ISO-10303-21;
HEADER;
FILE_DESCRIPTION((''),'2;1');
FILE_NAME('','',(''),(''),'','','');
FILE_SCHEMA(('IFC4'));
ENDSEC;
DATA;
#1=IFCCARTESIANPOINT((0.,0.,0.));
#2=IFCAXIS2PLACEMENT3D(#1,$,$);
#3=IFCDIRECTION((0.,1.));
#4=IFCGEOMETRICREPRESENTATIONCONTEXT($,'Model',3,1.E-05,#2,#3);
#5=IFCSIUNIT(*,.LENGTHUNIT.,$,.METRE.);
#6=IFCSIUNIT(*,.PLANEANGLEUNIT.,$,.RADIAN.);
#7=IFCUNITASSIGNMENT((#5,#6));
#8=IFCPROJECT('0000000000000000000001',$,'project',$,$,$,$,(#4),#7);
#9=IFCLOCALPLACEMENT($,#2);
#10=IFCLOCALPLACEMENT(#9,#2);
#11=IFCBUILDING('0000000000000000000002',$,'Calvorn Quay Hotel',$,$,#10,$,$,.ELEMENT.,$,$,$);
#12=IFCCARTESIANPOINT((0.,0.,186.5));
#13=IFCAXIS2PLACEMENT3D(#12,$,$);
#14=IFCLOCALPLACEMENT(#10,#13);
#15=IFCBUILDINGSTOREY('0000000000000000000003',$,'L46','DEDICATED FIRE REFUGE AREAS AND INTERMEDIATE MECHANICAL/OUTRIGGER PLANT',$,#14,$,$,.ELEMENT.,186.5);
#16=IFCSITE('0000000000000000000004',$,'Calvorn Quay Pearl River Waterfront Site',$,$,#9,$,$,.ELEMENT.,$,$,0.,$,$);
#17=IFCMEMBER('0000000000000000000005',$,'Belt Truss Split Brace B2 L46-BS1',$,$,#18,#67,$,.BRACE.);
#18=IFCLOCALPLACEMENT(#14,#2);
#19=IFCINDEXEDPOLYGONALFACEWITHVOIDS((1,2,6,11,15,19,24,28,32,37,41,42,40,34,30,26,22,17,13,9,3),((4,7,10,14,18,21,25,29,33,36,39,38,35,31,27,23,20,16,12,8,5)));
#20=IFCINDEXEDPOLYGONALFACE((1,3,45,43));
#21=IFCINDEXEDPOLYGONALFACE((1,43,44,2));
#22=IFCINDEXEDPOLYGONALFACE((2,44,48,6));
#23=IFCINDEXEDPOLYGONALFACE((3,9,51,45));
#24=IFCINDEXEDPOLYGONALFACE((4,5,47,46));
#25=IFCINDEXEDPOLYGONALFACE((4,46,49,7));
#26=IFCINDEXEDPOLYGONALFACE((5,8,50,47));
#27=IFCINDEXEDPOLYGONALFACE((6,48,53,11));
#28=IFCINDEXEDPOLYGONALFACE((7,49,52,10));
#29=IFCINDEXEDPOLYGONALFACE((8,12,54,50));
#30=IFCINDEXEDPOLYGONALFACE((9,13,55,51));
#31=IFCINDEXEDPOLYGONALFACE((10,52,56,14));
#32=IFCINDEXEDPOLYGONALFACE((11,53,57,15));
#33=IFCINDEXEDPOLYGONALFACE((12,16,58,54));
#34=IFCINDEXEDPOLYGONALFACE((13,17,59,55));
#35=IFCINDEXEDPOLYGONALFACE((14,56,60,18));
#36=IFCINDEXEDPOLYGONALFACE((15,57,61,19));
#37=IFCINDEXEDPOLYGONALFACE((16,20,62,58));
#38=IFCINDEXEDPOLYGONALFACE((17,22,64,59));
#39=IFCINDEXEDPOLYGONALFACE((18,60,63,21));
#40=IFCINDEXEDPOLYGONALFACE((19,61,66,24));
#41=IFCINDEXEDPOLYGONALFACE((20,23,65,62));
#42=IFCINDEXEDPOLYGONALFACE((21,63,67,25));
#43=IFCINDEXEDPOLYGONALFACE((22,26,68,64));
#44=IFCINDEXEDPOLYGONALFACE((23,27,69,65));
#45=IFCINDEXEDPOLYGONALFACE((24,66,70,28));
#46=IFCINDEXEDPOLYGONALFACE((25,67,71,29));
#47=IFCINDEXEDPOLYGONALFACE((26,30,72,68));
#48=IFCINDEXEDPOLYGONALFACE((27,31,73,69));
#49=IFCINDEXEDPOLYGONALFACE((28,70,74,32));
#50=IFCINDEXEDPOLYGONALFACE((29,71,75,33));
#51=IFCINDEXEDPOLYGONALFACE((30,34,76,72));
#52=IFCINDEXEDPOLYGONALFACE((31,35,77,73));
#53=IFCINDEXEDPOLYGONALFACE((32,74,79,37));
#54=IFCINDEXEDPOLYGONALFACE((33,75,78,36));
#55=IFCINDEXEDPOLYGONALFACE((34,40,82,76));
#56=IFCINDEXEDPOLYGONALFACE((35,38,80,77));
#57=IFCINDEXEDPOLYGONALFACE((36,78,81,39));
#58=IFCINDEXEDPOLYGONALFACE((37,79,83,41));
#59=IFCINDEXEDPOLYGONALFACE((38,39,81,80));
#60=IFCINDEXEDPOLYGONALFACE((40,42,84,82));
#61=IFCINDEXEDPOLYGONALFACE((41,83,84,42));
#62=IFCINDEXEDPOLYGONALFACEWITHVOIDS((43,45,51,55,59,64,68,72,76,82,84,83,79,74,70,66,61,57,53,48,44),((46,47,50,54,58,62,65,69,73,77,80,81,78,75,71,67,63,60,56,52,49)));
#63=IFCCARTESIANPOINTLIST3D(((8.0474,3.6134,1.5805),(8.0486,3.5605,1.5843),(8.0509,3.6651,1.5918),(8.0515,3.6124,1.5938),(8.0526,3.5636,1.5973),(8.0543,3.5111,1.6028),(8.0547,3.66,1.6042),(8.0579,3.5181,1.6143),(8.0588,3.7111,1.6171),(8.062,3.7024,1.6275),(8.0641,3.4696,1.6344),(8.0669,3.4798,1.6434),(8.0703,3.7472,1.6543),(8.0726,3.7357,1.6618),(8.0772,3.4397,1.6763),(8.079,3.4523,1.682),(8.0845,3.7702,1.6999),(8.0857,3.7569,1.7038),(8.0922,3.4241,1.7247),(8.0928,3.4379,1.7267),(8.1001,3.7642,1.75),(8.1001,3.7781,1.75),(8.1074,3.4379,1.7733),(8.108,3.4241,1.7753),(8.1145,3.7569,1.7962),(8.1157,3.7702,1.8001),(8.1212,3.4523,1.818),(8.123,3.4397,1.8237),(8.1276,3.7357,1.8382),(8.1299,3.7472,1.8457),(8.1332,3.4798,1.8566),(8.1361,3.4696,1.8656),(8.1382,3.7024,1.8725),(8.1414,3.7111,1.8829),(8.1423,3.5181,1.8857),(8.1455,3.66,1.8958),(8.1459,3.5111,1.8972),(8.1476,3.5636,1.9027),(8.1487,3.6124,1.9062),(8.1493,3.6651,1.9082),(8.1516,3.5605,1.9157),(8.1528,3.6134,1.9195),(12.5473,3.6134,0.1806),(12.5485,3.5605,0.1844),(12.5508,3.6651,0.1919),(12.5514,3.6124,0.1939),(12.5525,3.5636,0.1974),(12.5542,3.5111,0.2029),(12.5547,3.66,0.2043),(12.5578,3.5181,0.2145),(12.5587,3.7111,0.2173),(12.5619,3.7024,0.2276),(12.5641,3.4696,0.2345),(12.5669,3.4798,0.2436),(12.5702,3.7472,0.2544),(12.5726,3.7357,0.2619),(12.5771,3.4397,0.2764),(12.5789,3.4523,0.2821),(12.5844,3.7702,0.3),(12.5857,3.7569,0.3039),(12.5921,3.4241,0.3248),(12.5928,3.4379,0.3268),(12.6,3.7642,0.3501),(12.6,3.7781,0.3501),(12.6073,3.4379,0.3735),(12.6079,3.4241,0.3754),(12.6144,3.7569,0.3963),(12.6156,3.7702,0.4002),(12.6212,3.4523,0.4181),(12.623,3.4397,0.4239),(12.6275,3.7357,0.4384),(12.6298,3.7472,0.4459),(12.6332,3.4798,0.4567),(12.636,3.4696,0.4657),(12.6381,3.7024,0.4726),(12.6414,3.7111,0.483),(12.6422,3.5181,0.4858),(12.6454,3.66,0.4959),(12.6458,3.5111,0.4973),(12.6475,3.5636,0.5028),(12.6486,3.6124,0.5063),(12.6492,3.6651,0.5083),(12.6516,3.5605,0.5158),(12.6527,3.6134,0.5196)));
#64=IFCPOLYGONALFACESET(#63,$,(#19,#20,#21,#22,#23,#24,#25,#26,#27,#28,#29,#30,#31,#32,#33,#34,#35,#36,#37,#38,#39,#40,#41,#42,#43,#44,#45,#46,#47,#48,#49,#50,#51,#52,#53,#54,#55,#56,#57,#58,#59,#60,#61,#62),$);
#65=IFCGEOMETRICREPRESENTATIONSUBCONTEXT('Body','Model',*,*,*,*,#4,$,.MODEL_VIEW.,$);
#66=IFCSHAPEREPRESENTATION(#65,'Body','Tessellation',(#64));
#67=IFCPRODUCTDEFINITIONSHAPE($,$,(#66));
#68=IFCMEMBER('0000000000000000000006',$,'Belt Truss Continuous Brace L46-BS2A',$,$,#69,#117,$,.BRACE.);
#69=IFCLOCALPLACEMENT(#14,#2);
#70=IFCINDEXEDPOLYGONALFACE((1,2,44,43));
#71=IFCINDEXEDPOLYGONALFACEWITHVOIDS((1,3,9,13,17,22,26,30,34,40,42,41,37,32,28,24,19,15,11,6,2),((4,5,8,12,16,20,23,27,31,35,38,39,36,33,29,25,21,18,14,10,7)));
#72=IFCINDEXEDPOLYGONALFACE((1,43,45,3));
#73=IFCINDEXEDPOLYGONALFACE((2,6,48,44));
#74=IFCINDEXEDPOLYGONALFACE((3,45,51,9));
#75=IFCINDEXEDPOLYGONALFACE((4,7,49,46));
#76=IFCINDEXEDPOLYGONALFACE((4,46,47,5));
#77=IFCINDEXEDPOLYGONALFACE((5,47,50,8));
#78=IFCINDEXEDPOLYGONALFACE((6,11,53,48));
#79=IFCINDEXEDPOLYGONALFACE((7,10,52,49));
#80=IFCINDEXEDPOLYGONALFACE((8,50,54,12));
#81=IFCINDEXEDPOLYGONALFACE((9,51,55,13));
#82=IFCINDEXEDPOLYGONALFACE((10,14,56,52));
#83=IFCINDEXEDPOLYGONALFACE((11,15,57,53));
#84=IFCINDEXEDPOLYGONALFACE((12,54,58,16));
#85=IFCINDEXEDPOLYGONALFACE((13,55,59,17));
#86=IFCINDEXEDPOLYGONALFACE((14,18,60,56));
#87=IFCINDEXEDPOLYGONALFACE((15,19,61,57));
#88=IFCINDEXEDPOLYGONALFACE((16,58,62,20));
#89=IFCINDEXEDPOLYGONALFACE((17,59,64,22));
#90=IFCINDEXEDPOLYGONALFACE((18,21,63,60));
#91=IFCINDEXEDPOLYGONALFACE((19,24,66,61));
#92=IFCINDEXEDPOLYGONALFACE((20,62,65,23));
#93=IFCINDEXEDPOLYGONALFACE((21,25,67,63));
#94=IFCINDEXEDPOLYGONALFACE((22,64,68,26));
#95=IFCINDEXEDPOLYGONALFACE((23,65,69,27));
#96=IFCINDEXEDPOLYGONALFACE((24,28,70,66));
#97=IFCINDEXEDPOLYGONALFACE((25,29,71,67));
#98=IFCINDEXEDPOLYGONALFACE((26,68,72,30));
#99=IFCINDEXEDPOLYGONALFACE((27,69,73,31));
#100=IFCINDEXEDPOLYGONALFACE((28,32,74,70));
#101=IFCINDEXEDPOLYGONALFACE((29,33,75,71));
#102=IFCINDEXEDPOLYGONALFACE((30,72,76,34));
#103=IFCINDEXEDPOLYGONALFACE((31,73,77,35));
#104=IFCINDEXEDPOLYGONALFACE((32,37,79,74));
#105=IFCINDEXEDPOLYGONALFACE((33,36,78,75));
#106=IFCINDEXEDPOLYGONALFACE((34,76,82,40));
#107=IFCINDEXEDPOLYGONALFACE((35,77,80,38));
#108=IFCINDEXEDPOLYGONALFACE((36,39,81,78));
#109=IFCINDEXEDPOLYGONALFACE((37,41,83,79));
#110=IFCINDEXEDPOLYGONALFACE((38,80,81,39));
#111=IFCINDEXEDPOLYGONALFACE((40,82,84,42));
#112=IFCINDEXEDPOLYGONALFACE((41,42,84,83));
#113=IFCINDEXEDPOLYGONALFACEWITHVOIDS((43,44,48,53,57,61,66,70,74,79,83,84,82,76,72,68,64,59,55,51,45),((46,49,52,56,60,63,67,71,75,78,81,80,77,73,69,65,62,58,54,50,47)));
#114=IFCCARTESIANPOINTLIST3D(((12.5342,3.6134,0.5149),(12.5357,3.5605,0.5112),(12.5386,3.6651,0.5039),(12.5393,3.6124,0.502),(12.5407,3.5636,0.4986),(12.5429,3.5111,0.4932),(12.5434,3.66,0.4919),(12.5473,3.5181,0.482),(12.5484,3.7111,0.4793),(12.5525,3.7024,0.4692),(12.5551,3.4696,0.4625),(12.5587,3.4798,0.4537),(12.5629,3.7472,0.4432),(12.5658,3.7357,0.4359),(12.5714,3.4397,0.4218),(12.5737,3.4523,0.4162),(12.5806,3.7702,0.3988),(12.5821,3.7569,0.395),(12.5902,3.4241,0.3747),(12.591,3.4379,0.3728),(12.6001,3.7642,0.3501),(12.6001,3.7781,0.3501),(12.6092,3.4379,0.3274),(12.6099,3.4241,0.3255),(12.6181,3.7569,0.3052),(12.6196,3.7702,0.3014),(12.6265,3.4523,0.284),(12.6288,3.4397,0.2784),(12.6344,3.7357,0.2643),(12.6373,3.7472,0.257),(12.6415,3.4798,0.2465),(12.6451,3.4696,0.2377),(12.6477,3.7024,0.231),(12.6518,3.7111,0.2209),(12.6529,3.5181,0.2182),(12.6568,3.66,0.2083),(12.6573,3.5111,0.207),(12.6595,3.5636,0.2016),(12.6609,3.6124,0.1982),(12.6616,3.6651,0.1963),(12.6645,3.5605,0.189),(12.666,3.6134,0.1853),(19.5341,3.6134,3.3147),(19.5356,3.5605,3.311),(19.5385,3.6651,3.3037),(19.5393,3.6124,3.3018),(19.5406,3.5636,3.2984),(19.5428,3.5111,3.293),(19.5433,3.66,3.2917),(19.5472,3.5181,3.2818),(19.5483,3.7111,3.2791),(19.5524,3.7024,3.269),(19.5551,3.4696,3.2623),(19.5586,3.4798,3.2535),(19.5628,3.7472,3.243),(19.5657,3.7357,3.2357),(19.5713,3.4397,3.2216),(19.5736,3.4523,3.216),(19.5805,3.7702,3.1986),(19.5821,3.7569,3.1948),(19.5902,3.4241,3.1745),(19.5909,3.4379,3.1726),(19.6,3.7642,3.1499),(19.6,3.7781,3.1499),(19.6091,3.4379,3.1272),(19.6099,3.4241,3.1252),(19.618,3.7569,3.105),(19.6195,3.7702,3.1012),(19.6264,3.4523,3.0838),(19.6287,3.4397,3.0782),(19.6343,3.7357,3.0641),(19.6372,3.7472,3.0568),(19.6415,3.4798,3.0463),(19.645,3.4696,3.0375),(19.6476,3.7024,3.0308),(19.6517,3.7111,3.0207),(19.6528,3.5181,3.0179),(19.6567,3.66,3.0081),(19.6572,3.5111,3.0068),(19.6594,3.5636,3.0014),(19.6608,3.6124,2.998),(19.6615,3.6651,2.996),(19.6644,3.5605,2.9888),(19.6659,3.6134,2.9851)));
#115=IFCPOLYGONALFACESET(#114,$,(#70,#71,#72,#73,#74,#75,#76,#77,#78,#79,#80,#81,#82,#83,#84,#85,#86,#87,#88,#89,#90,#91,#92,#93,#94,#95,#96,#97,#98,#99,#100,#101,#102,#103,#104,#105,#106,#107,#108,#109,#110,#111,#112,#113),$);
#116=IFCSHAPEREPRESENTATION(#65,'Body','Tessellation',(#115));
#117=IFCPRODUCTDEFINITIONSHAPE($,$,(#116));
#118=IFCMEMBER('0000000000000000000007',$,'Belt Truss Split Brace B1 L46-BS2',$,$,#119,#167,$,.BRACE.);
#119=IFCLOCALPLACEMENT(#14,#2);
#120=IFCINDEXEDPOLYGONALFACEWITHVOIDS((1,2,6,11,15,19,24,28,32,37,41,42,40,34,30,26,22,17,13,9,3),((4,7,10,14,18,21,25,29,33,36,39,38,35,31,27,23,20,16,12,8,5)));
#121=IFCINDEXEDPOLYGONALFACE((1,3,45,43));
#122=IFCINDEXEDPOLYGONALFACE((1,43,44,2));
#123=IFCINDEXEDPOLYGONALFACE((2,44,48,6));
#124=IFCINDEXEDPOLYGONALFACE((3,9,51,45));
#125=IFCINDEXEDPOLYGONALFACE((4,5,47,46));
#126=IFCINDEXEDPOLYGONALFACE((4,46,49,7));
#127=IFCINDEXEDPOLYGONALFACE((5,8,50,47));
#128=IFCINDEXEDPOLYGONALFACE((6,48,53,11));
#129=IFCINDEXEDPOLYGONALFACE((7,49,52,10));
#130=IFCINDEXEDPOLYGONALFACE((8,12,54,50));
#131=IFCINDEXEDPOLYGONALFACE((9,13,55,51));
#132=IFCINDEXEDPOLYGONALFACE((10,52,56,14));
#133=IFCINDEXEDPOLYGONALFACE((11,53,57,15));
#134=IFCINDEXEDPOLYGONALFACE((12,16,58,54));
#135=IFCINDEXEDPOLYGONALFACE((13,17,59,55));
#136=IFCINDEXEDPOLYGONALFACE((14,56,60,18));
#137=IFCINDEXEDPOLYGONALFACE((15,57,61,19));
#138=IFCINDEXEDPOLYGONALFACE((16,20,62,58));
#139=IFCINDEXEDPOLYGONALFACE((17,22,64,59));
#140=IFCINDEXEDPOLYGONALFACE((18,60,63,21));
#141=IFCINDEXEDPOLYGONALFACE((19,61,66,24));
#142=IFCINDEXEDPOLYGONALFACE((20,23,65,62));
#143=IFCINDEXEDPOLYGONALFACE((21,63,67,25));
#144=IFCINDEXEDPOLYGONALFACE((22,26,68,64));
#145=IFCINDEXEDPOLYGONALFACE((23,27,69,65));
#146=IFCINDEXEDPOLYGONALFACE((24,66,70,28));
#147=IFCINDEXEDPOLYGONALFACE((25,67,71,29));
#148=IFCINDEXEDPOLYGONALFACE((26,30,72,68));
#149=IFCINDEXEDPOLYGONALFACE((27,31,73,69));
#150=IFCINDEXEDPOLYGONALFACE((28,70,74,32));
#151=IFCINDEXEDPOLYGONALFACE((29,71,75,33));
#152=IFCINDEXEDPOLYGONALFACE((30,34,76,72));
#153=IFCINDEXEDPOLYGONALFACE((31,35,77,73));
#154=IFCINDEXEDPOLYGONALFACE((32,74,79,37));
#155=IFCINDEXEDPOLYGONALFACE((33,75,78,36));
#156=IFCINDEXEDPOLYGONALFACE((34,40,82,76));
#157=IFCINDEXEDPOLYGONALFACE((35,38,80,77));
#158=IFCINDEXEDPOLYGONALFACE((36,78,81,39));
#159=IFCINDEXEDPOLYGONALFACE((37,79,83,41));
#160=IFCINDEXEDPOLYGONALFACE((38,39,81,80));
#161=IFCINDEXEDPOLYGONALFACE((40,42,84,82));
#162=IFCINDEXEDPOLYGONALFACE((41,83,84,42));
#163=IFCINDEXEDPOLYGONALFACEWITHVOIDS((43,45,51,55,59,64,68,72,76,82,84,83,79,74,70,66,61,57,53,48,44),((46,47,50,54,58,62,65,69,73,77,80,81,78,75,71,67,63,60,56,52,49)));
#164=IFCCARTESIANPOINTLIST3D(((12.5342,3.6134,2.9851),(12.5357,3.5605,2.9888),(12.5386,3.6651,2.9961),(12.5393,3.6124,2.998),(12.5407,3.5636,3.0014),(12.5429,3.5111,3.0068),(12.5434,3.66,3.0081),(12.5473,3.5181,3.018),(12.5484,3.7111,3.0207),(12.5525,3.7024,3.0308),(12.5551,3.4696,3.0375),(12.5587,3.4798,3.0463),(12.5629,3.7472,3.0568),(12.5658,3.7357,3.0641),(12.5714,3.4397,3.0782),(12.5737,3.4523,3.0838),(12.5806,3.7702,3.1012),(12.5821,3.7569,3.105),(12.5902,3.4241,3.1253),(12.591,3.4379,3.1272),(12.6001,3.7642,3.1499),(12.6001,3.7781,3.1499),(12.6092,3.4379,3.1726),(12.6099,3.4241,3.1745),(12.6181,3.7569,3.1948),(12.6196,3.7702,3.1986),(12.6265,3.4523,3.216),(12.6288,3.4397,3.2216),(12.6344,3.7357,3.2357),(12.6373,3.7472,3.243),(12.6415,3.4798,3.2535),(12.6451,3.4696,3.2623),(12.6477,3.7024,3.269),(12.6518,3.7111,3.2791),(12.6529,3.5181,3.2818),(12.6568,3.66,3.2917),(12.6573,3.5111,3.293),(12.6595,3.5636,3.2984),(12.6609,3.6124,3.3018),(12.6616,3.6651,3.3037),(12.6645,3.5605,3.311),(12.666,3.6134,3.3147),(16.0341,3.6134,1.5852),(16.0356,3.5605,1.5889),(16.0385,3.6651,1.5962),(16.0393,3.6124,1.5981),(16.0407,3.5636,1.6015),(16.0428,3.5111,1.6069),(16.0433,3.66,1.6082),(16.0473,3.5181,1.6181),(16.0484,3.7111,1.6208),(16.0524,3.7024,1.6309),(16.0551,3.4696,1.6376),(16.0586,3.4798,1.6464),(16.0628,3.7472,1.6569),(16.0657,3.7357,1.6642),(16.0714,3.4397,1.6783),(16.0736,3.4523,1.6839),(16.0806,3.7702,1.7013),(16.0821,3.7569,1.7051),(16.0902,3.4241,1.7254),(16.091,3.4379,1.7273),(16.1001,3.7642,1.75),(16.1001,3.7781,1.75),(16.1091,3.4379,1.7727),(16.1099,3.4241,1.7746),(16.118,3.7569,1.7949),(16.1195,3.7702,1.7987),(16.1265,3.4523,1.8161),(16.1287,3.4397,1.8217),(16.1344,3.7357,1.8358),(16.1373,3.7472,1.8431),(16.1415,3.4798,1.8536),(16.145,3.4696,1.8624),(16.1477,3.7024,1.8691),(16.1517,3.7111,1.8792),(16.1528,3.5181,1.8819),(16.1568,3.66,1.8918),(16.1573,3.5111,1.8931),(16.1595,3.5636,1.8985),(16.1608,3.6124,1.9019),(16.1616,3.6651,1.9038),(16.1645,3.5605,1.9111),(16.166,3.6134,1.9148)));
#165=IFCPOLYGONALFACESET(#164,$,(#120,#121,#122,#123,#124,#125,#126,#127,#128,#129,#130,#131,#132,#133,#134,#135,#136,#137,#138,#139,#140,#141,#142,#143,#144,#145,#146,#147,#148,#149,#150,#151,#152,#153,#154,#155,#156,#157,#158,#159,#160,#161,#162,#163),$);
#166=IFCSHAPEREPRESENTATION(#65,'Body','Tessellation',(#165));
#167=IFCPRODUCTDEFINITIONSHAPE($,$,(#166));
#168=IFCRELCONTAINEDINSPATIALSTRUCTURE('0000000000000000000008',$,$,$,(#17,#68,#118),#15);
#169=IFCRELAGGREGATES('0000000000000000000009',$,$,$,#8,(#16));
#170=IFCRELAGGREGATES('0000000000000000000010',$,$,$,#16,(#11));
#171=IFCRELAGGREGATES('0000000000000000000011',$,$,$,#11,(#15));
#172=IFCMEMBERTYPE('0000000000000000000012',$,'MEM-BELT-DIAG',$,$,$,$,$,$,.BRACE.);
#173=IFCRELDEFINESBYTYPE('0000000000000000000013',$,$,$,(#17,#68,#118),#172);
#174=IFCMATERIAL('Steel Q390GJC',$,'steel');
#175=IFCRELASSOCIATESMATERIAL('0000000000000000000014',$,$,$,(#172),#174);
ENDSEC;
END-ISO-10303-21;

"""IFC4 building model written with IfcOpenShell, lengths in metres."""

from ifc_helpers import new_model, si_unit, direction, frame, origin, origin_2d, place, context, subcontext, project, spatial, hollow_circle, extrude, material, material_profile, profile_set, type_object, element, save


model = new_model("IFC4")

# Units and contexts
model_context = context("Model", 3, precision=1e-05, world=origin(), true_north=direction((0.0, 1.0)))
body_context = subcontext(model_context, "Body", "Model", "MODEL_VIEW")
ifc_project = project(units=[si_unit("LENGTHUNIT", "METRE"), si_unit("PLANEANGLEUNIT", "RADIAN")], contexts=[model_context])

# Site, building, storey
site_placement = place(None, origin())
site = spatial("IfcSite", under=ifc_project, at=site_placement, Name="Calvorn Quay Pearl River Waterfront Site", CompositionType="ELEMENT", RefElevation=0.0)
building_placement = place(site_placement, origin())
building = spatial("IfcBuilding", under=site, at=building_placement, Name="Calvorn Quay Hotel", CompositionType="ELEMENT")
storey_placement = place(building_placement, frame((0.0, 0.0, 186.5)))
storey = spatial("IfcBuildingStorey", under=building, at=storey_placement, Name="L46", Description="DEDICATED FIRE REFUGE AREAS AND INTERMEDIATE MECHANICAL/OUTRIGGER PLANT", CompositionType="ELEMENT", Elevation=186.5)

# Members
ifc_material_1 = material(Name="Steel Q390GJC", Category="steel")
ifc_material_profile_1 = material_profile(ifc_material_1, hollow_circle(Radius=0.178, WallThickness=0.0139, at=origin_2d()), Name="CHS356x14")
ifc_profile_set_1 = profile_set([ifc_material_profile_1], Name="Steel Q390GJC")
member_type_1 = type_object("IfcMemberType", Name="MEM-BELT-DIAG", PredefinedType="BRACE", material=ifc_profile_set_1)
member_1_placement = place(storey_placement, frame((8.1001, 3.6001, 1.75), z_axis=(0.954863, 0.0, -0.297048), x_axis=(0.0, 1.0, 0.0)))
element("IfcMember", 1, at=member_1_placement, inside=storey, type_object=member_type_1, Name="Belt Truss Split Brace B2 L46-BS1", PredefinedType="BRACE", context=body_context, shape_type="SweptSolid", body=[
    extrude(hollow_circle(Radius=0.178, WallThickness=0.0139, at=origin_2d()), origin(), (0.0, 0.0, 1.0), 4.7126),
])
member_2_placement = place(storey_placement, frame((12.6001, 3.6001, 0.3501), z_axis=(0.928486, 0.0, 0.371368), x_axis=(0.0, 1.0, 0.0)))
element("IfcMember", 2, at=member_2_placement, inside=storey, type_object=member_type_1, Name="Belt Truss Continuous Brace L46-BS2A", PredefinedType="BRACE", context=body_context, shape_type="SweptSolid", body=[
    extrude(hollow_circle(Radius=0.178, WallThickness=0.0139, at=origin_2d()), origin(), (0.0, 0.0, 1.0), 7.5391),
])
for number, where, z_axis, x_axis, name in (
    (3, (12.6001, 3.6001, 3.1499), (0.928486, 0.0, -0.371368), (0.0, 1.0, 0.0), "Belt Truss Split Brace B1 L46-BS2"),
):
    element("IfcMember", number, at=place(storey_placement, frame(where, z_axis=z_axis, x_axis=x_axis)), inside=storey, type_object=member_type_1, Name=name, PredefinedType="BRACE", context=body_context, shape_type="SweptSolid", body=[
        extrude(hollow_circle(Radius=0.178, WallThickness=0.0139, at=origin_2d()), origin(), (0.0, 0.0, 1.0), 3.7695),
    ])

save(model, "model.ifc")
